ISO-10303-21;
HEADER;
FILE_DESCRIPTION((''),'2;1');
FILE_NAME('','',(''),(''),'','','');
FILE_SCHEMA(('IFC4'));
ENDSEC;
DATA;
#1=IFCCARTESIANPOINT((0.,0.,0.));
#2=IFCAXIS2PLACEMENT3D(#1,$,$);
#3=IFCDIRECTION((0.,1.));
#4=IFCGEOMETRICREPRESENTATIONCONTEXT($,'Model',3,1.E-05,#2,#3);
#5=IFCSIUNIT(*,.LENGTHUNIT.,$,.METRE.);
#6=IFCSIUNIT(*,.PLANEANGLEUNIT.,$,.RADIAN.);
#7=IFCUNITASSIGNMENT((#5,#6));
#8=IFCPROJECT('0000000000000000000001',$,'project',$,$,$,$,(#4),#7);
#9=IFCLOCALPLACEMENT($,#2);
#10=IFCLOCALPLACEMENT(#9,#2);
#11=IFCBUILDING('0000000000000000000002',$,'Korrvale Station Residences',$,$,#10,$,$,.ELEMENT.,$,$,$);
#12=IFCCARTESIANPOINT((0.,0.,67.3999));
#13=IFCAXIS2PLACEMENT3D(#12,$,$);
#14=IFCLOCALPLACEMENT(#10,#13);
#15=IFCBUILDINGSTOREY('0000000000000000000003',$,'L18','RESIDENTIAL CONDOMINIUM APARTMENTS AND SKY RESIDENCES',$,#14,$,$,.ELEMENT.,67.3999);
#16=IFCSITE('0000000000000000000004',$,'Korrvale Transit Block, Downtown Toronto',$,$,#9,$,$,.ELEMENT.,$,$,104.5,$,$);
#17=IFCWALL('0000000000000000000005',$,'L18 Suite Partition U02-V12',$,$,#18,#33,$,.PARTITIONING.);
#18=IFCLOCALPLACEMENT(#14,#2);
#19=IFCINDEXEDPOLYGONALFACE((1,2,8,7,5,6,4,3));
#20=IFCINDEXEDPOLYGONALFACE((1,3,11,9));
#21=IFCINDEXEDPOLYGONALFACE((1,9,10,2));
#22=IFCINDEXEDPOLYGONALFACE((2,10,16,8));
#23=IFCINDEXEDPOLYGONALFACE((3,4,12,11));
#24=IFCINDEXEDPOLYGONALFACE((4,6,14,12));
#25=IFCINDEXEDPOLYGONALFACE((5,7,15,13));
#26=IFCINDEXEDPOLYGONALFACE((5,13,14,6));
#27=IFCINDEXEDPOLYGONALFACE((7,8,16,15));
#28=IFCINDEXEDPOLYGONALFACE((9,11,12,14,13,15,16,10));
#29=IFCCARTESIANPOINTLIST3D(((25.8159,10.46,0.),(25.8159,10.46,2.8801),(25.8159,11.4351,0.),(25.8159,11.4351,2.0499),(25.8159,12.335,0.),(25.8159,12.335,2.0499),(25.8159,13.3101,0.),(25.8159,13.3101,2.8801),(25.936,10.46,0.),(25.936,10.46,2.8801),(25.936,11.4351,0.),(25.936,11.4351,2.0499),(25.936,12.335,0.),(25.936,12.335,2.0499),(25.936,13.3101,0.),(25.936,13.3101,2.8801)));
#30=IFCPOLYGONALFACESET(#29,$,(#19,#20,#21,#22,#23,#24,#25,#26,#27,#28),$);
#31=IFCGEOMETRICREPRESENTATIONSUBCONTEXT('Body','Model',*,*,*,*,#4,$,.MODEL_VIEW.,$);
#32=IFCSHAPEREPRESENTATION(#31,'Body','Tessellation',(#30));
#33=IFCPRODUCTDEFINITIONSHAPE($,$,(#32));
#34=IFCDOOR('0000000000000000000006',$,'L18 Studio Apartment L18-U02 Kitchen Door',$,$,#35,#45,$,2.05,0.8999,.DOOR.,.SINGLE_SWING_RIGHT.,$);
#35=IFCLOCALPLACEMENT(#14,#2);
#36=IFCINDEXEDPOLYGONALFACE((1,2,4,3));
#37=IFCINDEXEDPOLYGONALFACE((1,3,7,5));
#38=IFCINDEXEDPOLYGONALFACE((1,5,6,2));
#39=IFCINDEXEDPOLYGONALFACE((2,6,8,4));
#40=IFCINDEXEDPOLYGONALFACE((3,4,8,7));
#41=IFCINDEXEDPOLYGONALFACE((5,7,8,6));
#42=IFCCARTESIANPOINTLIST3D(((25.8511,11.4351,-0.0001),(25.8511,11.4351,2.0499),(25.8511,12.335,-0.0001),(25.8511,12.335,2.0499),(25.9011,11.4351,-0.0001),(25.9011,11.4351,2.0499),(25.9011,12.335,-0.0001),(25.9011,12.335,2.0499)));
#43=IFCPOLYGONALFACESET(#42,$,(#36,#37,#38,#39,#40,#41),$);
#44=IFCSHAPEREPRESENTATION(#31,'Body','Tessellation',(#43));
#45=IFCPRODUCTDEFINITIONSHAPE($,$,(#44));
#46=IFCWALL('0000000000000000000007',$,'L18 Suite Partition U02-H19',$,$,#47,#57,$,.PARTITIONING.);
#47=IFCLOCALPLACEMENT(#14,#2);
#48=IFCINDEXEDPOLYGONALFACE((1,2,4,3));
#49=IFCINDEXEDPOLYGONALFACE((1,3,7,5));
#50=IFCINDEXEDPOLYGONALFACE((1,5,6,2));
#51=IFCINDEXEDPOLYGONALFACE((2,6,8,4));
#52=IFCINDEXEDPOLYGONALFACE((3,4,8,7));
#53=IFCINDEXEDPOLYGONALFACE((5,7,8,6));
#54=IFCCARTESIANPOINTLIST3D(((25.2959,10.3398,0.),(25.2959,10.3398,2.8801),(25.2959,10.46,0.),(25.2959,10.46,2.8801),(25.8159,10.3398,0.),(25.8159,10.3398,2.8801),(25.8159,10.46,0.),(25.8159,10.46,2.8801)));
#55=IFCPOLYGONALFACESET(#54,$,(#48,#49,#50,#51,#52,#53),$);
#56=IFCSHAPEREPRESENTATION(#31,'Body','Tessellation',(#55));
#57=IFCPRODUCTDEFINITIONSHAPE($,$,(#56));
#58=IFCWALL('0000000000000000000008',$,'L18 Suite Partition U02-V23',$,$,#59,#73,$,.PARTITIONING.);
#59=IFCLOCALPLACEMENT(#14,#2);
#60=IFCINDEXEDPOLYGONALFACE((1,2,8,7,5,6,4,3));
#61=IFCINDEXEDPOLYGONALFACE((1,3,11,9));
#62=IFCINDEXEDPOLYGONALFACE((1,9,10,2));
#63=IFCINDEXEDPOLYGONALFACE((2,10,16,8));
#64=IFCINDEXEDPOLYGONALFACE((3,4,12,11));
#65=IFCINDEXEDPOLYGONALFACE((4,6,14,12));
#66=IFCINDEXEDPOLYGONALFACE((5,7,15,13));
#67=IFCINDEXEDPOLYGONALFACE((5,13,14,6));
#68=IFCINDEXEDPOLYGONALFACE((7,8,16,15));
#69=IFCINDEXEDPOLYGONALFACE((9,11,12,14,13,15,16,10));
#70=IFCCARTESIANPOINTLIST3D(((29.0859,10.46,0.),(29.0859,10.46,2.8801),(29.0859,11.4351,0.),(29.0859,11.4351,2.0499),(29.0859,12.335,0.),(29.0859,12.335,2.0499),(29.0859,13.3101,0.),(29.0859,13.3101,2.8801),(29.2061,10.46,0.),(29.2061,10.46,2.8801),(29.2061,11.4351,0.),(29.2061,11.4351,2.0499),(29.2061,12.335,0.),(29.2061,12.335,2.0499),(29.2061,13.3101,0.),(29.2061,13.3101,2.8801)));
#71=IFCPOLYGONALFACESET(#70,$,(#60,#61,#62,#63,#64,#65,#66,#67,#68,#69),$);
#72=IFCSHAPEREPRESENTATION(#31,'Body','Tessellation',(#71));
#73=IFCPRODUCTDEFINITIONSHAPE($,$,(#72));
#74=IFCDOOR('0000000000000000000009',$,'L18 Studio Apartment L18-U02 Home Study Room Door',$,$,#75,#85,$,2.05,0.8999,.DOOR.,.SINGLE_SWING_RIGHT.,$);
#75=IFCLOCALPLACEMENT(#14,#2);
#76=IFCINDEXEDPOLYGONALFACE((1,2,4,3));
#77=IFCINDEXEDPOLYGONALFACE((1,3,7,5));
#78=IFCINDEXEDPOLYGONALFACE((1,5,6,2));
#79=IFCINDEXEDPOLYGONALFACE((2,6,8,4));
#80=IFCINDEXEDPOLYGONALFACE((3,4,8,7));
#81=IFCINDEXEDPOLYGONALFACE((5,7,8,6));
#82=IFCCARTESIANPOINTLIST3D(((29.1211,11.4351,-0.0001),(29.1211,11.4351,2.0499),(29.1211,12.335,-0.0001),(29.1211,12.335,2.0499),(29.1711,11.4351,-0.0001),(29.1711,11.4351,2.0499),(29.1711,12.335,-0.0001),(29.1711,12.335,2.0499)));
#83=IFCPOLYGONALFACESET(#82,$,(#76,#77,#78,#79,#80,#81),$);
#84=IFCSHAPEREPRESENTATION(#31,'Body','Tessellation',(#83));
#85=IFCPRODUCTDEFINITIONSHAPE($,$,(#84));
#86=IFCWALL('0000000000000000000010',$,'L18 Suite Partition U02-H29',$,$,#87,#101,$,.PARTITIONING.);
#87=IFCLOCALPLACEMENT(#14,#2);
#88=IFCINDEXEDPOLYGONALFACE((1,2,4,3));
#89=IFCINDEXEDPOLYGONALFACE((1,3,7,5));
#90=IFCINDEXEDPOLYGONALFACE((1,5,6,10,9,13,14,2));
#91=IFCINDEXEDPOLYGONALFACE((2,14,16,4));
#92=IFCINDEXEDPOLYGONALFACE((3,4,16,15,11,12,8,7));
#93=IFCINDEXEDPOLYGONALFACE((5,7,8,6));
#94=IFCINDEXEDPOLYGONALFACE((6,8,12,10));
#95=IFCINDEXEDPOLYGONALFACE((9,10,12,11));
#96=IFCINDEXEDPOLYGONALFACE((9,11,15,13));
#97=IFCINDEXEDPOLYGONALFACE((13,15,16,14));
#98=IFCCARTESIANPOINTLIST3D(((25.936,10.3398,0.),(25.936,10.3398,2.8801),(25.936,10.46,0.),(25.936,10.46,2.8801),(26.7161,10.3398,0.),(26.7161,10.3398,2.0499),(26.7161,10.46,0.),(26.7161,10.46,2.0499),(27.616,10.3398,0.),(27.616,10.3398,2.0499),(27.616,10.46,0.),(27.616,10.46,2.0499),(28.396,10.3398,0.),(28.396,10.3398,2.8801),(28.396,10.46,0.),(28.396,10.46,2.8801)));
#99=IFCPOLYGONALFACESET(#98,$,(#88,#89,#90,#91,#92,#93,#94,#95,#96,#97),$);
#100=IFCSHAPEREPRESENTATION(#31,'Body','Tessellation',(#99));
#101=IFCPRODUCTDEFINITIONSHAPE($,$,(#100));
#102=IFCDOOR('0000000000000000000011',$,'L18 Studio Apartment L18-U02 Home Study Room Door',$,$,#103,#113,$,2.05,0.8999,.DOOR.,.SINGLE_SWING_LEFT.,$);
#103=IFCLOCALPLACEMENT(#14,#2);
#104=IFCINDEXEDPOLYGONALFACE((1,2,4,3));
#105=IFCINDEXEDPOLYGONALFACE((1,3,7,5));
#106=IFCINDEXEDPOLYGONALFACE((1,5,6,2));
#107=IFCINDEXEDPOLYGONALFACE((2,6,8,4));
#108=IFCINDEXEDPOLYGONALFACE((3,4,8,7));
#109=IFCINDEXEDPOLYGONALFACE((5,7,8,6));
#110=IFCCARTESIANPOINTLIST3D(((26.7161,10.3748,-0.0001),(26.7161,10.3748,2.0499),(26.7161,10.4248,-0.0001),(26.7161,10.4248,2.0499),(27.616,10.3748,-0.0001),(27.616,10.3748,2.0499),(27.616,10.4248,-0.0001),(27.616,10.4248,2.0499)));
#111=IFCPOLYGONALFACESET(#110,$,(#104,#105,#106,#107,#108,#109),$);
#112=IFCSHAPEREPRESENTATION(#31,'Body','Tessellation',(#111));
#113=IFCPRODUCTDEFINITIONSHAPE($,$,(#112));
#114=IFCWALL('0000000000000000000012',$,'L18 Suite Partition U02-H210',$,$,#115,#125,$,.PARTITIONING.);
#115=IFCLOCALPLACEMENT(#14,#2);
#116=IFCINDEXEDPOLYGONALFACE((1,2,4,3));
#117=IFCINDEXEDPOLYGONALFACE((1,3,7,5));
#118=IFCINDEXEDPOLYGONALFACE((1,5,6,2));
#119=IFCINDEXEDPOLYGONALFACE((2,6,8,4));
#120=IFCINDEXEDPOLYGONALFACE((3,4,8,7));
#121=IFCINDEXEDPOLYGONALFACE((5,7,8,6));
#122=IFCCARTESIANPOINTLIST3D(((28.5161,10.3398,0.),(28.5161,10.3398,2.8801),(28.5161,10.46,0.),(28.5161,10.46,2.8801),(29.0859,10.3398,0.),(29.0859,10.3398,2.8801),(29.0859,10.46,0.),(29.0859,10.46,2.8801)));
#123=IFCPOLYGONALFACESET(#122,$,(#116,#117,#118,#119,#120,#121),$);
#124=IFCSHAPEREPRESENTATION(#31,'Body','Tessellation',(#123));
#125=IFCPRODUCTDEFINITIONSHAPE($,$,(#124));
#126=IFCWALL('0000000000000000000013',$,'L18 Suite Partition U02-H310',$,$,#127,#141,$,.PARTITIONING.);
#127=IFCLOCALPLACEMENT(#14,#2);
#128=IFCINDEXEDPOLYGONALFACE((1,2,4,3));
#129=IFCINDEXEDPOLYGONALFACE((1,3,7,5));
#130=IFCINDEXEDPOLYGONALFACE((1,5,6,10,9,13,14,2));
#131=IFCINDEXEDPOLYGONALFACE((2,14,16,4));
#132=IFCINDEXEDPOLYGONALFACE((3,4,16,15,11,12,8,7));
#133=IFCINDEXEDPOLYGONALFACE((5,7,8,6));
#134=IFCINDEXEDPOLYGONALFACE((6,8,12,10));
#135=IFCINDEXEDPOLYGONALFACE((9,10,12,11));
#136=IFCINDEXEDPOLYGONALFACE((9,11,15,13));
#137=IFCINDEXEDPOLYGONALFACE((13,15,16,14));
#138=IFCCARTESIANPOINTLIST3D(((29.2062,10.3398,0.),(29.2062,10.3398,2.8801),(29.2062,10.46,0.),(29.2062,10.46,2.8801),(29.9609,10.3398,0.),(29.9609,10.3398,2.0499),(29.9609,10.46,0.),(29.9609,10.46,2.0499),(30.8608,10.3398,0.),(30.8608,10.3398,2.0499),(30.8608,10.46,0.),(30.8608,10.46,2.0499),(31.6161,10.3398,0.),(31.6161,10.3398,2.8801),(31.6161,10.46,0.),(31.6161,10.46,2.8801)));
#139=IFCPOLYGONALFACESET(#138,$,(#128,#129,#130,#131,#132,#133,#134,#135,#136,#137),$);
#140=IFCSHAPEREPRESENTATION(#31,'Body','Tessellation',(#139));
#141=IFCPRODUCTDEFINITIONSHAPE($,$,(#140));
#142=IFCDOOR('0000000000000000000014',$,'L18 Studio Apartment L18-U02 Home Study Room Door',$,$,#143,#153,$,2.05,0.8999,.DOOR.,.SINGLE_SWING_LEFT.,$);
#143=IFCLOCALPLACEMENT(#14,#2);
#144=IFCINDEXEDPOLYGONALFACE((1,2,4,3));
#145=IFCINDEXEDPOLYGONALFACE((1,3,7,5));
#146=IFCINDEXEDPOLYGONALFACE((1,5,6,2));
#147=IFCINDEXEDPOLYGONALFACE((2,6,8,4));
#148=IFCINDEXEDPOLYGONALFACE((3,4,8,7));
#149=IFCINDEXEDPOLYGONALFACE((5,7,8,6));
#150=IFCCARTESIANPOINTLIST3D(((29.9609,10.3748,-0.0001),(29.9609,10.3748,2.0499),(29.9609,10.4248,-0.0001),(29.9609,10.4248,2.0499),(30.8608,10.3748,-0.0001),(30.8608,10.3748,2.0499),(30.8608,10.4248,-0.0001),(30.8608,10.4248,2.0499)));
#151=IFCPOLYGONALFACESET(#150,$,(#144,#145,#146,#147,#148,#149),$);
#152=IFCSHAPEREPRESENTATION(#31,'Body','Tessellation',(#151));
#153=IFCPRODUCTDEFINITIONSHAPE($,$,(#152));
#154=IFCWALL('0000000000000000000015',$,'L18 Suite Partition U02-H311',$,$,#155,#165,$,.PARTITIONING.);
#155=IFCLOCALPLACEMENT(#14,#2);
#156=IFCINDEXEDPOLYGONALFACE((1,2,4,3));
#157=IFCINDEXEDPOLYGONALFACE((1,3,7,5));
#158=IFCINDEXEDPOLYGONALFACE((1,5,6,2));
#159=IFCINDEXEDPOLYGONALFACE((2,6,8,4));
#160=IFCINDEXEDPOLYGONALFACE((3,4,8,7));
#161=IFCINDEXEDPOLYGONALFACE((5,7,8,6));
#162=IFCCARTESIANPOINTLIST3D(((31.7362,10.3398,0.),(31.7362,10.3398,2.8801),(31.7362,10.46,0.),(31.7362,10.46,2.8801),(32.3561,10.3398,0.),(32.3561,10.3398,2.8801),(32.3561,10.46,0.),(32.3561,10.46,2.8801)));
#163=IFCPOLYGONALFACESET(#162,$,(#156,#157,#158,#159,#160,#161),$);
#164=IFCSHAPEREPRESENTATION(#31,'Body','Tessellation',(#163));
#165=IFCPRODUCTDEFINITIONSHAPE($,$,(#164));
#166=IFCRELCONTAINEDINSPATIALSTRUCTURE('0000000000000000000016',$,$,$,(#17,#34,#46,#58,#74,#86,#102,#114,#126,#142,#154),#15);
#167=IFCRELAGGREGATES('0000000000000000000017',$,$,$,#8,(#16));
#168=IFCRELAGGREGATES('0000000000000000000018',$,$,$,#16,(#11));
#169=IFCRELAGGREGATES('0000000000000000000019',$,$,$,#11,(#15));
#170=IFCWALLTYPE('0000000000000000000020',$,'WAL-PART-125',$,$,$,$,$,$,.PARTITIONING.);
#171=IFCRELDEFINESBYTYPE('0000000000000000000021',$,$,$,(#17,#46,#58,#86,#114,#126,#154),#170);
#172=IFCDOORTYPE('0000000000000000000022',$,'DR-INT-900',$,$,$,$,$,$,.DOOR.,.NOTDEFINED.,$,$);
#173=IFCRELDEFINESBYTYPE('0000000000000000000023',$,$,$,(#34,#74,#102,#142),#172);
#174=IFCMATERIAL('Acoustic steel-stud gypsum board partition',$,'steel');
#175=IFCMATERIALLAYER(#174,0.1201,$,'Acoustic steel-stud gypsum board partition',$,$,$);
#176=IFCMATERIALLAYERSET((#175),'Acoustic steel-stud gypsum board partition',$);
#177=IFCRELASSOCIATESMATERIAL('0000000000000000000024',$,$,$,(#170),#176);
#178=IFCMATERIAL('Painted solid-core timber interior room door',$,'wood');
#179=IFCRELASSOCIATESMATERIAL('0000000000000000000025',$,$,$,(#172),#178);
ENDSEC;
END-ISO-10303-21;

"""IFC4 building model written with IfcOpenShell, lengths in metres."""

from ifc_helpers import new_model, si_unit, direction, frame, frame_2d, origin, place, context, subcontext, project, spatial, rectangle, extrude, material, layer, layer_set, type_object, element, fill, save


model = new_model("IFC4")

# Units and contexts
model_context = context("Model", 3, precision=1e-05, world=origin(), true_north=direction((0.0, 1.0)))
body_context = subcontext(model_context, "Body", "Model", "MODEL_VIEW")
ifc_project = project(units=[si_unit("LENGTHUNIT", "METRE"), si_unit("PLANEANGLEUNIT", "RADIAN")], contexts=[model_context])

# Site, building, storey
site_placement = place(None, origin())
site = spatial("IfcSite", under=ifc_project, at=site_placement, Name="Korrvale Transit Block, Downtown Toronto", CompositionType="ELEMENT", RefElevation=104.5)
building_placement = place(site_placement, origin())
building = spatial("IfcBuilding", under=site, at=building_placement, Name="Korrvale Station Residences", CompositionType="ELEMENT")
storey_placement = place(building_placement, frame((0.0, 0.0, 67.3999)))
storey = spatial("IfcBuildingStorey", under=building, at=storey_placement, Name="L18", Description="RESIDENTIAL CONDOMINIUM APARTMENTS AND SKY RESIDENCES", CompositionType="ELEMENT", Elevation=67.3999)

# Wall, opening, door
ifc_material_1 = material(Name="Acoustic steel-stud gypsum board partition", Category="steel")
ifc_layer_1 = layer(ifc_material_1, 0.1201, Name="Acoustic steel-stud gypsum board partition")
ifc_layer_set_1 = layer_set([ifc_layer_1], Name="Acoustic steel-stud gypsum board partition")
wall_type = type_object("IfcWallType", Name="WAL-PART-125", PredefinedType="PARTITIONING", material=ifc_layer_set_1)
wall_1_placement = place(storey_placement, frame((25.876, 10.46, 0.0), z_axis=(0.0, 0.0, 1.0), x_axis=(0.0, 1.0, 0.0)))
wall_1 = element("IfcWall", 1, at=wall_1_placement, inside=storey, type_object=wall_type, Name="L18 Suite Partition U02-V12", PredefinedType="PARTITIONING", context=body_context, shape_type="SweptSolid", body=[
    extrude(rectangle(XDim=2.8501, YDim=0.1201, at=frame_2d((1.425, 0.0))), origin(), (0.0, 0.0, 1.0), 2.8801),
])
opening_1_placement = place(wall_1_placement, frame((0.9751, 0.0, 0.0)))
opening_1 = element("IfcOpeningElement", 2, at=opening_1_placement, cuts=wall_1, PredefinedType="OPENING", context=body_context, shape_type="SweptSolid", body=[
    extrude(rectangle(XDim=0.8999, YDim=2.05, at=frame_2d((0.45, 1.0249))), frame((0.0, 0.0701, 0.0), z_axis=(0.0, -1.0, 0.0), x_axis=(1.0, 0.0, 0.0)), (0.0, 0.0, 1.0), 0.1401),
])
ifc_material_2 = material(Name="Painted solid-core timber interior room door", Category="wood")
door_type = type_object("IfcDoorType", Name="DR-INT-900", OperationType="NOTDEFINED", PredefinedType="DOOR", material=ifc_material_2)
door_1_placement = place(opening_1_placement, origin())
door_1 = element("IfcDoor", 3, at=door_1_placement, inside=storey, type_object=door_type, Name="L18 Studio Apartment L18-U02 Kitchen Door", OperationType="SINGLE_SWING_RIGHT", OverallHeight=2.05, OverallWidth=0.8999, PredefinedType="DOOR", context=body_context, shape_type="SweptSolid", body=[
    extrude(rectangle(XDim=0.8999, YDim=2.05, at=frame_2d((0.45, 1.0249))), frame((0.0, 0.0249, 0.0), z_axis=(0.0, -1.0, 0.0), x_axis=(1.0, 0.0, 0.0)), (0.0, 0.0, 1.0), 0.05),
])
fill(opening_1, door_1)

# Wall
wall_2_placement = place(storey_placement, frame((25.2959, 10.3999, 0.0), z_axis=(0.0, 0.0, 1.0), x_axis=(1.0, 0.0, 0.0)))
element("IfcWall", 4, at=wall_2_placement, inside=storey, type_object=wall_type, Name="L18 Suite Partition U02-H19", PredefinedType="PARTITIONING", context=body_context, shape_type="SweptSolid", body=[
    extrude(rectangle(XDim=0.52, YDim=0.1201, at=frame_2d((0.26, 0.0))), origin(), (0.0, 0.0, 1.0), 2.8801),
])

# Walls, openings, doors
wall_3_placement = place(storey_placement, frame((29.146, 10.46, 0.0), z_axis=(0.0, 0.0, 1.0), x_axis=(0.0, 1.0, 0.0)))
wall_3 = element("IfcWall", 5, at=wall_3_placement, inside=storey, type_object=wall_type, Name="L18 Suite Partition U02-V23", PredefinedType="PARTITIONING", context=body_context, shape_type="SweptSolid", body=[
    extrude(rectangle(XDim=2.8501, YDim=0.1201, at=frame_2d((1.425, 0.0))), origin(), (0.0, 0.0, 1.0), 2.8801),
])
opening_2_placement = place(wall_3_placement, frame((0.9751, 0.0, 0.0)))
opening_2 = element("IfcOpeningElement", 6, at=opening_2_placement, cuts=wall_3, PredefinedType="OPENING", context=body_context, shape_type="SweptSolid", body=[
    extrude(rectangle(XDim=0.8999, YDim=2.05, at=frame_2d((0.45, 1.0249))), frame((0.0, 0.0701, 0.0), z_axis=(0.0, -1.0, 0.0), x_axis=(1.0, 0.0, 0.0)), (0.0, 0.0, 1.0), 0.1401),
])
door_2_placement = place(opening_2_placement, origin())
door_2 = element("IfcDoor", 7, at=door_2_placement, inside=storey, type_object=door_type, Name="L18 Studio Apartment L18-U02 Home Study Room Door", OperationType="SINGLE_SWING_RIGHT", OverallHeight=2.05, OverallWidth=0.8999, PredefinedType="DOOR", context=body_context, shape_type="SweptSolid", body=[
    extrude(rectangle(XDim=0.8999, YDim=2.05, at=frame_2d((0.45, 1.0249))), frame((0.0, 0.0249, 0.0), z_axis=(0.0, -1.0, 0.0), x_axis=(1.0, 0.0, 0.0)), (0.0, 0.0, 1.0), 0.05),
])
fill(opening_2, door_2)
wall_4_placement = place(storey_placement, frame((25.936, 10.3999, 0.0), z_axis=(0.0, 0.0, 1.0), x_axis=(1.0, 0.0, 0.0)))
wall_4 = element("IfcWall", 8, at=wall_4_placement, inside=storey, type_object=wall_type, Name="L18 Suite Partition U02-H29", PredefinedType="PARTITIONING", context=body_context, shape_type="SweptSolid", body=[
    extrude(rectangle(XDim=2.46, YDim=0.1201, at=frame_2d((1.23, 0.0))), origin(), (0.0, 0.0, 1.0), 2.8801),
])
opening_3_placement = place(wall_4_placement, frame((0.78, 0.0, 0.0)))
opening_3 = element("IfcOpeningElement", 9, at=opening_3_placement, cuts=wall_4, PredefinedType="OPENING", context=body_context, shape_type="SweptSolid", body=[
    extrude(rectangle(XDim=0.8999, YDim=2.05, at=frame_2d((0.45, 1.0249))), frame((0.0, 0.0701, 0.0), z_axis=(0.0, -1.0, 0.0), x_axis=(1.0, 0.0, 0.0)), (0.0, 0.0, 1.0), 0.1401),
])
door_3_placement = place(opening_3_placement, origin())
door_3 = element("IfcDoor", 10, at=door_3_placement, inside=storey, type_object=door_type, Name="L18 Studio Apartment L18-U02 Home Study Room Door", OperationType="SINGLE_SWING_LEFT", OverallHeight=2.05, OverallWidth=0.8999, PredefinedType="DOOR", context=body_context, shape_type="SweptSolid", body=[
    extrude(rectangle(XDim=0.8999, YDim=2.05, at=frame_2d((0.45, 1.0249))), frame((0.0, 0.0249, 0.0), z_axis=(0.0, -1.0, 0.0), x_axis=(1.0, 0.0, 0.0)), (0.0, 0.0, 1.0), 0.05),
])
fill(opening_3, door_3)

# Wall
wall_5_placement = place(storey_placement, frame((28.5161, 10.3999, 0.0), z_axis=(0.0, 0.0, 1.0), x_axis=(1.0, 0.0, 0.0)))
element("IfcWall", 11, at=wall_5_placement, inside=storey, type_object=wall_type, Name="L18 Suite Partition U02-H210", PredefinedType="PARTITIONING", context=body_context, shape_type="SweptSolid", body=[
    extrude(rectangle(XDim=0.5698, YDim=0.1201, at=frame_2d((0.2849, 0.0))), origin(), (0.0, 0.0, 1.0), 2.8801),
])

# Wall, opening, door
wall_6_placement = place(storey_placement, frame((29.2061, 10.3999, 0.0), z_axis=(0.0, 0.0, 1.0), x_axis=(1.0, 0.0, 0.0)))
wall_6 = element("IfcWall", 12, at=wall_6_placement, inside=storey, type_object=wall_type, Name="L18 Suite Partition U02-H310", PredefinedType="PARTITIONING", context=body_context, shape_type="SweptSolid", body=[
    extrude(rectangle(XDim=2.4099, YDim=0.1201, at=frame_2d((1.2051, 0.0))), origin(), (0.0, 0.0, 1.0), 2.8801),
])
opening_4_placement = place(wall_6_placement, frame((0.7549, 0.0, 0.0)))
opening_4 = element("IfcOpeningElement", 13, at=opening_4_placement, cuts=wall_6, PredefinedType="OPENING", context=body_context, shape_type="SweptSolid", body=[
    extrude(rectangle(XDim=0.8999, YDim=2.05, at=frame_2d((0.45, 1.0249))), frame((0.0, 0.0701, 0.0), z_axis=(0.0, -1.0, 0.0), x_axis=(1.0, 0.0, 0.0)), (0.0, 0.0, 1.0), 0.1401),
])
door_4_placement = place(opening_4_placement, origin())
door_4 = element("IfcDoor", 14, at=door_4_placement, inside=storey, type_object=door_type, Name="L18 Studio Apartment L18-U02 Home Study Room Door", OperationType="SINGLE_SWING_LEFT", OverallHeight=2.05, OverallWidth=0.8999, PredefinedType="DOOR", context=body_context, shape_type="SweptSolid", body=[
    extrude(rectangle(XDim=0.8999, YDim=2.05, at=frame_2d((0.45, 1.0249))), frame((0.0, 0.0249, 0.0), z_axis=(0.0, -1.0, 0.0), x_axis=(1.0, 0.0, 0.0)), (0.0, 0.0, 1.0), 0.05),
])
fill(opening_4, door_4)

# Wall
wall_7_placement = place(storey_placement, frame((31.7361, 10.3999, 0.0), z_axis=(0.0, 0.0, 1.0), x_axis=(1.0, 0.0, 0.0)))
element("IfcWall", 15, at=wall_7_placement, inside=storey, type_object=wall_type, Name="L18 Suite Partition U02-H311", PredefinedType="PARTITIONING", context=body_context, shape_type="SweptSolid", body=[
    extrude(rectangle(XDim=0.6199, YDim=0.1201, at=frame_2d((0.3101, 0.0))), origin(), (0.0, 0.0, 1.0), 2.8801),
])

save(model, "model.ifc")
